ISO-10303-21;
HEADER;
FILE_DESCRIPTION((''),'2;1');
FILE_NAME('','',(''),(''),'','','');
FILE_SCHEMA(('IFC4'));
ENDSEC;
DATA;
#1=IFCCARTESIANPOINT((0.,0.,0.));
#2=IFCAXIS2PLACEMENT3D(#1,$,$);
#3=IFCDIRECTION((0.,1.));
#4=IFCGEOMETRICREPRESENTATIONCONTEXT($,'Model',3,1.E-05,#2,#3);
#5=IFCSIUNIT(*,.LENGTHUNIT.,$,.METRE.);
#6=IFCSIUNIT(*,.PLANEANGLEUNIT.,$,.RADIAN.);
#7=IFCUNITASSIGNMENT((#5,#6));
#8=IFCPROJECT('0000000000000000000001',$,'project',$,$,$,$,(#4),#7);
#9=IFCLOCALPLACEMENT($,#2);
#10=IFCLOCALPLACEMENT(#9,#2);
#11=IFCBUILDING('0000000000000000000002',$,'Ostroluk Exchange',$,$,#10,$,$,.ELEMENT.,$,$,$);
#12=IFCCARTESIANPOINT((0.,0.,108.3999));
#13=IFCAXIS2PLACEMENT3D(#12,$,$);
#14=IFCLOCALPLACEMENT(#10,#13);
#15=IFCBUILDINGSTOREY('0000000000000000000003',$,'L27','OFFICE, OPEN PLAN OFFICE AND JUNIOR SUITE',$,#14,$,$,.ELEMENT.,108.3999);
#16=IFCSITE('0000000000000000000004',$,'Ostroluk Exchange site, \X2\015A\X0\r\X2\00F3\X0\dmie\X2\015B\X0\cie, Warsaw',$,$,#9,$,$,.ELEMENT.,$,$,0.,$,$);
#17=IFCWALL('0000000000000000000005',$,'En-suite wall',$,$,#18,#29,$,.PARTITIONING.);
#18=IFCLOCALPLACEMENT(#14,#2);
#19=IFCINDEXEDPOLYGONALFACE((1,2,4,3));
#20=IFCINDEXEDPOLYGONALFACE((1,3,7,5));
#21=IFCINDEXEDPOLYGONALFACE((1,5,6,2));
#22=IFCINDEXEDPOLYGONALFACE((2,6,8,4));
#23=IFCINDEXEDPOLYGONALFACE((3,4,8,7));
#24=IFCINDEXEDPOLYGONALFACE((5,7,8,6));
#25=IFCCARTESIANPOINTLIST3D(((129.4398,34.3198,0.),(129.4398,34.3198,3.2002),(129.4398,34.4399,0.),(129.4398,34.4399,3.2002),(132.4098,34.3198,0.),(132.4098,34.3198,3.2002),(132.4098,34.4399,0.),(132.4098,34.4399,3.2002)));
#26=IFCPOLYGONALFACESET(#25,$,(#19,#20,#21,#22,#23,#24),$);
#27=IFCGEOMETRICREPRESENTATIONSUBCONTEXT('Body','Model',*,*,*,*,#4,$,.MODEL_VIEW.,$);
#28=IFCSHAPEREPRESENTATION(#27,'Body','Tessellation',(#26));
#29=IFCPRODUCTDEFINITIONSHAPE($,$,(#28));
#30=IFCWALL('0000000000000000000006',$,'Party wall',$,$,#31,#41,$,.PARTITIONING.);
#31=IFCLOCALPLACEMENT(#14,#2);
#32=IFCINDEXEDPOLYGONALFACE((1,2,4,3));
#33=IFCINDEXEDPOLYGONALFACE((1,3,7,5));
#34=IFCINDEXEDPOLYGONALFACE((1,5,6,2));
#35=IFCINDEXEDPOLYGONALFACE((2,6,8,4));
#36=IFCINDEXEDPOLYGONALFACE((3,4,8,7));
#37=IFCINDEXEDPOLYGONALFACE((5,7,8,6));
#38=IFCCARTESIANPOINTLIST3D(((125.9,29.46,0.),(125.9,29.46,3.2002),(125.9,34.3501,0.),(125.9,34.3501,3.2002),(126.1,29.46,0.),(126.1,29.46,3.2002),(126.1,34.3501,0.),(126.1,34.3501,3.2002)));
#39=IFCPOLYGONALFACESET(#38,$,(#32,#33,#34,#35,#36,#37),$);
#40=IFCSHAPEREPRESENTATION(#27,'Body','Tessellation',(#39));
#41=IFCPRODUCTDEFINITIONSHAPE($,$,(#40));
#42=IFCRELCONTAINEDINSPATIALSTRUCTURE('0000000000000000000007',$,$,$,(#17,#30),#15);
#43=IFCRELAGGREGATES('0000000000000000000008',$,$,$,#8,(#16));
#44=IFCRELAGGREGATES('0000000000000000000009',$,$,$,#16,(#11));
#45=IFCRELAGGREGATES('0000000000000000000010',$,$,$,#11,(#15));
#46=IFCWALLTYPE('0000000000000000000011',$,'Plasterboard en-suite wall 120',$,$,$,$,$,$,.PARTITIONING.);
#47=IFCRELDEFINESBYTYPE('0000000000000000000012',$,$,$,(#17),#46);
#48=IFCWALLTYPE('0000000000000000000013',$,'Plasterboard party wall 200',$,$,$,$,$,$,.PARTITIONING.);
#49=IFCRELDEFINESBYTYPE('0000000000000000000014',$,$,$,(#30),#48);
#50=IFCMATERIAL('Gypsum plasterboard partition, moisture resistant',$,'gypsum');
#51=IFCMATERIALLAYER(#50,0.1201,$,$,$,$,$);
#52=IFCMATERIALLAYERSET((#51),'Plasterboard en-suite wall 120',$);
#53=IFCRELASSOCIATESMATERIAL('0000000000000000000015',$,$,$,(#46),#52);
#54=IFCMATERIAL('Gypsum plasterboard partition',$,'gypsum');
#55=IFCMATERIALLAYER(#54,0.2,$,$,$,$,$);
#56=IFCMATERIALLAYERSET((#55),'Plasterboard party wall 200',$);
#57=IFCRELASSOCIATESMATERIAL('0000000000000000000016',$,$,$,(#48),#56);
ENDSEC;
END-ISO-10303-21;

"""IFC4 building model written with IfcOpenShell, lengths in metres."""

from ifc_helpers import new_model, si_unit, direction, frame, frame_2d, origin, place, context, subcontext, project, spatial, rectangle, extrude, material, layer, layer_set, type_object, element, save


model = new_model("IFC4")

# Units and contexts
model_context = context("Model", 3, precision=1e-05, world=origin(), true_north=direction((0.0, 1.0)))
body_context = subcontext(model_context, "Body", "Model", "MODEL_VIEW")
ifc_project = project(units=[si_unit("LENGTHUNIT", "METRE"), si_unit("PLANEANGLEUNIT", "RADIAN")], contexts=[model_context])

# Site, building, storey
site_placement = place(None, origin())
site = spatial("IfcSite", under=ifc_project, at=site_placement, Name="Ostroluk Exchange site, Śródmieście, Warsaw", CompositionType="ELEMENT", RefElevation=0.0)
building_placement = place(site_placement, origin())
building = spatial("IfcBuilding", under=site, at=building_placement, Name="Ostroluk Exchange", CompositionType="ELEMENT")
storey_placement = place(building_placement, frame((0.0, 0.0, 108.3999)))
storey = spatial("IfcBuildingStorey", under=building, at=storey_placement, Name="L27", Description="OFFICE, OPEN PLAN OFFICE AND JUNIOR SUITE", CompositionType="ELEMENT", Elevation=108.3999)

# Walls
ifc_material_1 = material(Name="Gypsum plasterboard partition, moisture resistant", Category="gypsum")
ifc_layer_1 = layer(ifc_material_1, 0.1201)
ifc_layer_set_1 = layer_set([ifc_layer_1], Name="Plasterboard en-suite wall 120")
wall_type_1 = type_object("IfcWallType", Name="Plasterboard en-suite wall 120", PredefinedType="PARTITIONING", material=ifc_layer_set_1)
wall_1_placement = place(storey_placement, frame((129.4399, 34.3799, 0.0), z_axis=(0.0, 0.0, 1.0), x_axis=(1.0, 0.0, 0.0)))
element("IfcWall", 1, at=wall_1_placement, inside=storey, type_object=wall_type_1, Name="En-suite wall", PredefinedType="PARTITIONING", context=body_context, shape_type="SweptSolid", body=[
    extrude(rectangle(XDim=2.97, YDim=0.1201, at=frame_2d((1.4849, 0.0))), origin(), (0.0, 0.0, 1.0), 3.2002),
])
ifc_material_2 = material(Name="Gypsum plasterboard partition", Category="gypsum")
ifc_layer_2 = layer(ifc_material_2, 0.2)
ifc_layer_set_2 = layer_set([ifc_layer_2], Name="Plasterboard party wall 200")
wall_type_2 = type_object("IfcWallType", Name="Plasterboard party wall 200", PredefinedType="PARTITIONING", material=ifc_layer_set_2)
wall_2_placement = place(storey_placement, frame((126.0, 34.3501, 0.0), z_axis=(0.0, 0.0, 1.0), x_axis=(0.0, -1.0, 0.0)))
element("IfcWall", 2, at=wall_2_placement, inside=storey, type_object=wall_type_2, Name="Party wall", PredefinedType="PARTITIONING", context=body_context, shape_type="SweptSolid", body=[
    extrude(rectangle(XDim=4.8901, YDim=0.2, at=frame_2d((2.4451, 0.0))), origin(), (0.0, 0.0, 1.0), 3.2002),
])

save(model, "model.ifc")
